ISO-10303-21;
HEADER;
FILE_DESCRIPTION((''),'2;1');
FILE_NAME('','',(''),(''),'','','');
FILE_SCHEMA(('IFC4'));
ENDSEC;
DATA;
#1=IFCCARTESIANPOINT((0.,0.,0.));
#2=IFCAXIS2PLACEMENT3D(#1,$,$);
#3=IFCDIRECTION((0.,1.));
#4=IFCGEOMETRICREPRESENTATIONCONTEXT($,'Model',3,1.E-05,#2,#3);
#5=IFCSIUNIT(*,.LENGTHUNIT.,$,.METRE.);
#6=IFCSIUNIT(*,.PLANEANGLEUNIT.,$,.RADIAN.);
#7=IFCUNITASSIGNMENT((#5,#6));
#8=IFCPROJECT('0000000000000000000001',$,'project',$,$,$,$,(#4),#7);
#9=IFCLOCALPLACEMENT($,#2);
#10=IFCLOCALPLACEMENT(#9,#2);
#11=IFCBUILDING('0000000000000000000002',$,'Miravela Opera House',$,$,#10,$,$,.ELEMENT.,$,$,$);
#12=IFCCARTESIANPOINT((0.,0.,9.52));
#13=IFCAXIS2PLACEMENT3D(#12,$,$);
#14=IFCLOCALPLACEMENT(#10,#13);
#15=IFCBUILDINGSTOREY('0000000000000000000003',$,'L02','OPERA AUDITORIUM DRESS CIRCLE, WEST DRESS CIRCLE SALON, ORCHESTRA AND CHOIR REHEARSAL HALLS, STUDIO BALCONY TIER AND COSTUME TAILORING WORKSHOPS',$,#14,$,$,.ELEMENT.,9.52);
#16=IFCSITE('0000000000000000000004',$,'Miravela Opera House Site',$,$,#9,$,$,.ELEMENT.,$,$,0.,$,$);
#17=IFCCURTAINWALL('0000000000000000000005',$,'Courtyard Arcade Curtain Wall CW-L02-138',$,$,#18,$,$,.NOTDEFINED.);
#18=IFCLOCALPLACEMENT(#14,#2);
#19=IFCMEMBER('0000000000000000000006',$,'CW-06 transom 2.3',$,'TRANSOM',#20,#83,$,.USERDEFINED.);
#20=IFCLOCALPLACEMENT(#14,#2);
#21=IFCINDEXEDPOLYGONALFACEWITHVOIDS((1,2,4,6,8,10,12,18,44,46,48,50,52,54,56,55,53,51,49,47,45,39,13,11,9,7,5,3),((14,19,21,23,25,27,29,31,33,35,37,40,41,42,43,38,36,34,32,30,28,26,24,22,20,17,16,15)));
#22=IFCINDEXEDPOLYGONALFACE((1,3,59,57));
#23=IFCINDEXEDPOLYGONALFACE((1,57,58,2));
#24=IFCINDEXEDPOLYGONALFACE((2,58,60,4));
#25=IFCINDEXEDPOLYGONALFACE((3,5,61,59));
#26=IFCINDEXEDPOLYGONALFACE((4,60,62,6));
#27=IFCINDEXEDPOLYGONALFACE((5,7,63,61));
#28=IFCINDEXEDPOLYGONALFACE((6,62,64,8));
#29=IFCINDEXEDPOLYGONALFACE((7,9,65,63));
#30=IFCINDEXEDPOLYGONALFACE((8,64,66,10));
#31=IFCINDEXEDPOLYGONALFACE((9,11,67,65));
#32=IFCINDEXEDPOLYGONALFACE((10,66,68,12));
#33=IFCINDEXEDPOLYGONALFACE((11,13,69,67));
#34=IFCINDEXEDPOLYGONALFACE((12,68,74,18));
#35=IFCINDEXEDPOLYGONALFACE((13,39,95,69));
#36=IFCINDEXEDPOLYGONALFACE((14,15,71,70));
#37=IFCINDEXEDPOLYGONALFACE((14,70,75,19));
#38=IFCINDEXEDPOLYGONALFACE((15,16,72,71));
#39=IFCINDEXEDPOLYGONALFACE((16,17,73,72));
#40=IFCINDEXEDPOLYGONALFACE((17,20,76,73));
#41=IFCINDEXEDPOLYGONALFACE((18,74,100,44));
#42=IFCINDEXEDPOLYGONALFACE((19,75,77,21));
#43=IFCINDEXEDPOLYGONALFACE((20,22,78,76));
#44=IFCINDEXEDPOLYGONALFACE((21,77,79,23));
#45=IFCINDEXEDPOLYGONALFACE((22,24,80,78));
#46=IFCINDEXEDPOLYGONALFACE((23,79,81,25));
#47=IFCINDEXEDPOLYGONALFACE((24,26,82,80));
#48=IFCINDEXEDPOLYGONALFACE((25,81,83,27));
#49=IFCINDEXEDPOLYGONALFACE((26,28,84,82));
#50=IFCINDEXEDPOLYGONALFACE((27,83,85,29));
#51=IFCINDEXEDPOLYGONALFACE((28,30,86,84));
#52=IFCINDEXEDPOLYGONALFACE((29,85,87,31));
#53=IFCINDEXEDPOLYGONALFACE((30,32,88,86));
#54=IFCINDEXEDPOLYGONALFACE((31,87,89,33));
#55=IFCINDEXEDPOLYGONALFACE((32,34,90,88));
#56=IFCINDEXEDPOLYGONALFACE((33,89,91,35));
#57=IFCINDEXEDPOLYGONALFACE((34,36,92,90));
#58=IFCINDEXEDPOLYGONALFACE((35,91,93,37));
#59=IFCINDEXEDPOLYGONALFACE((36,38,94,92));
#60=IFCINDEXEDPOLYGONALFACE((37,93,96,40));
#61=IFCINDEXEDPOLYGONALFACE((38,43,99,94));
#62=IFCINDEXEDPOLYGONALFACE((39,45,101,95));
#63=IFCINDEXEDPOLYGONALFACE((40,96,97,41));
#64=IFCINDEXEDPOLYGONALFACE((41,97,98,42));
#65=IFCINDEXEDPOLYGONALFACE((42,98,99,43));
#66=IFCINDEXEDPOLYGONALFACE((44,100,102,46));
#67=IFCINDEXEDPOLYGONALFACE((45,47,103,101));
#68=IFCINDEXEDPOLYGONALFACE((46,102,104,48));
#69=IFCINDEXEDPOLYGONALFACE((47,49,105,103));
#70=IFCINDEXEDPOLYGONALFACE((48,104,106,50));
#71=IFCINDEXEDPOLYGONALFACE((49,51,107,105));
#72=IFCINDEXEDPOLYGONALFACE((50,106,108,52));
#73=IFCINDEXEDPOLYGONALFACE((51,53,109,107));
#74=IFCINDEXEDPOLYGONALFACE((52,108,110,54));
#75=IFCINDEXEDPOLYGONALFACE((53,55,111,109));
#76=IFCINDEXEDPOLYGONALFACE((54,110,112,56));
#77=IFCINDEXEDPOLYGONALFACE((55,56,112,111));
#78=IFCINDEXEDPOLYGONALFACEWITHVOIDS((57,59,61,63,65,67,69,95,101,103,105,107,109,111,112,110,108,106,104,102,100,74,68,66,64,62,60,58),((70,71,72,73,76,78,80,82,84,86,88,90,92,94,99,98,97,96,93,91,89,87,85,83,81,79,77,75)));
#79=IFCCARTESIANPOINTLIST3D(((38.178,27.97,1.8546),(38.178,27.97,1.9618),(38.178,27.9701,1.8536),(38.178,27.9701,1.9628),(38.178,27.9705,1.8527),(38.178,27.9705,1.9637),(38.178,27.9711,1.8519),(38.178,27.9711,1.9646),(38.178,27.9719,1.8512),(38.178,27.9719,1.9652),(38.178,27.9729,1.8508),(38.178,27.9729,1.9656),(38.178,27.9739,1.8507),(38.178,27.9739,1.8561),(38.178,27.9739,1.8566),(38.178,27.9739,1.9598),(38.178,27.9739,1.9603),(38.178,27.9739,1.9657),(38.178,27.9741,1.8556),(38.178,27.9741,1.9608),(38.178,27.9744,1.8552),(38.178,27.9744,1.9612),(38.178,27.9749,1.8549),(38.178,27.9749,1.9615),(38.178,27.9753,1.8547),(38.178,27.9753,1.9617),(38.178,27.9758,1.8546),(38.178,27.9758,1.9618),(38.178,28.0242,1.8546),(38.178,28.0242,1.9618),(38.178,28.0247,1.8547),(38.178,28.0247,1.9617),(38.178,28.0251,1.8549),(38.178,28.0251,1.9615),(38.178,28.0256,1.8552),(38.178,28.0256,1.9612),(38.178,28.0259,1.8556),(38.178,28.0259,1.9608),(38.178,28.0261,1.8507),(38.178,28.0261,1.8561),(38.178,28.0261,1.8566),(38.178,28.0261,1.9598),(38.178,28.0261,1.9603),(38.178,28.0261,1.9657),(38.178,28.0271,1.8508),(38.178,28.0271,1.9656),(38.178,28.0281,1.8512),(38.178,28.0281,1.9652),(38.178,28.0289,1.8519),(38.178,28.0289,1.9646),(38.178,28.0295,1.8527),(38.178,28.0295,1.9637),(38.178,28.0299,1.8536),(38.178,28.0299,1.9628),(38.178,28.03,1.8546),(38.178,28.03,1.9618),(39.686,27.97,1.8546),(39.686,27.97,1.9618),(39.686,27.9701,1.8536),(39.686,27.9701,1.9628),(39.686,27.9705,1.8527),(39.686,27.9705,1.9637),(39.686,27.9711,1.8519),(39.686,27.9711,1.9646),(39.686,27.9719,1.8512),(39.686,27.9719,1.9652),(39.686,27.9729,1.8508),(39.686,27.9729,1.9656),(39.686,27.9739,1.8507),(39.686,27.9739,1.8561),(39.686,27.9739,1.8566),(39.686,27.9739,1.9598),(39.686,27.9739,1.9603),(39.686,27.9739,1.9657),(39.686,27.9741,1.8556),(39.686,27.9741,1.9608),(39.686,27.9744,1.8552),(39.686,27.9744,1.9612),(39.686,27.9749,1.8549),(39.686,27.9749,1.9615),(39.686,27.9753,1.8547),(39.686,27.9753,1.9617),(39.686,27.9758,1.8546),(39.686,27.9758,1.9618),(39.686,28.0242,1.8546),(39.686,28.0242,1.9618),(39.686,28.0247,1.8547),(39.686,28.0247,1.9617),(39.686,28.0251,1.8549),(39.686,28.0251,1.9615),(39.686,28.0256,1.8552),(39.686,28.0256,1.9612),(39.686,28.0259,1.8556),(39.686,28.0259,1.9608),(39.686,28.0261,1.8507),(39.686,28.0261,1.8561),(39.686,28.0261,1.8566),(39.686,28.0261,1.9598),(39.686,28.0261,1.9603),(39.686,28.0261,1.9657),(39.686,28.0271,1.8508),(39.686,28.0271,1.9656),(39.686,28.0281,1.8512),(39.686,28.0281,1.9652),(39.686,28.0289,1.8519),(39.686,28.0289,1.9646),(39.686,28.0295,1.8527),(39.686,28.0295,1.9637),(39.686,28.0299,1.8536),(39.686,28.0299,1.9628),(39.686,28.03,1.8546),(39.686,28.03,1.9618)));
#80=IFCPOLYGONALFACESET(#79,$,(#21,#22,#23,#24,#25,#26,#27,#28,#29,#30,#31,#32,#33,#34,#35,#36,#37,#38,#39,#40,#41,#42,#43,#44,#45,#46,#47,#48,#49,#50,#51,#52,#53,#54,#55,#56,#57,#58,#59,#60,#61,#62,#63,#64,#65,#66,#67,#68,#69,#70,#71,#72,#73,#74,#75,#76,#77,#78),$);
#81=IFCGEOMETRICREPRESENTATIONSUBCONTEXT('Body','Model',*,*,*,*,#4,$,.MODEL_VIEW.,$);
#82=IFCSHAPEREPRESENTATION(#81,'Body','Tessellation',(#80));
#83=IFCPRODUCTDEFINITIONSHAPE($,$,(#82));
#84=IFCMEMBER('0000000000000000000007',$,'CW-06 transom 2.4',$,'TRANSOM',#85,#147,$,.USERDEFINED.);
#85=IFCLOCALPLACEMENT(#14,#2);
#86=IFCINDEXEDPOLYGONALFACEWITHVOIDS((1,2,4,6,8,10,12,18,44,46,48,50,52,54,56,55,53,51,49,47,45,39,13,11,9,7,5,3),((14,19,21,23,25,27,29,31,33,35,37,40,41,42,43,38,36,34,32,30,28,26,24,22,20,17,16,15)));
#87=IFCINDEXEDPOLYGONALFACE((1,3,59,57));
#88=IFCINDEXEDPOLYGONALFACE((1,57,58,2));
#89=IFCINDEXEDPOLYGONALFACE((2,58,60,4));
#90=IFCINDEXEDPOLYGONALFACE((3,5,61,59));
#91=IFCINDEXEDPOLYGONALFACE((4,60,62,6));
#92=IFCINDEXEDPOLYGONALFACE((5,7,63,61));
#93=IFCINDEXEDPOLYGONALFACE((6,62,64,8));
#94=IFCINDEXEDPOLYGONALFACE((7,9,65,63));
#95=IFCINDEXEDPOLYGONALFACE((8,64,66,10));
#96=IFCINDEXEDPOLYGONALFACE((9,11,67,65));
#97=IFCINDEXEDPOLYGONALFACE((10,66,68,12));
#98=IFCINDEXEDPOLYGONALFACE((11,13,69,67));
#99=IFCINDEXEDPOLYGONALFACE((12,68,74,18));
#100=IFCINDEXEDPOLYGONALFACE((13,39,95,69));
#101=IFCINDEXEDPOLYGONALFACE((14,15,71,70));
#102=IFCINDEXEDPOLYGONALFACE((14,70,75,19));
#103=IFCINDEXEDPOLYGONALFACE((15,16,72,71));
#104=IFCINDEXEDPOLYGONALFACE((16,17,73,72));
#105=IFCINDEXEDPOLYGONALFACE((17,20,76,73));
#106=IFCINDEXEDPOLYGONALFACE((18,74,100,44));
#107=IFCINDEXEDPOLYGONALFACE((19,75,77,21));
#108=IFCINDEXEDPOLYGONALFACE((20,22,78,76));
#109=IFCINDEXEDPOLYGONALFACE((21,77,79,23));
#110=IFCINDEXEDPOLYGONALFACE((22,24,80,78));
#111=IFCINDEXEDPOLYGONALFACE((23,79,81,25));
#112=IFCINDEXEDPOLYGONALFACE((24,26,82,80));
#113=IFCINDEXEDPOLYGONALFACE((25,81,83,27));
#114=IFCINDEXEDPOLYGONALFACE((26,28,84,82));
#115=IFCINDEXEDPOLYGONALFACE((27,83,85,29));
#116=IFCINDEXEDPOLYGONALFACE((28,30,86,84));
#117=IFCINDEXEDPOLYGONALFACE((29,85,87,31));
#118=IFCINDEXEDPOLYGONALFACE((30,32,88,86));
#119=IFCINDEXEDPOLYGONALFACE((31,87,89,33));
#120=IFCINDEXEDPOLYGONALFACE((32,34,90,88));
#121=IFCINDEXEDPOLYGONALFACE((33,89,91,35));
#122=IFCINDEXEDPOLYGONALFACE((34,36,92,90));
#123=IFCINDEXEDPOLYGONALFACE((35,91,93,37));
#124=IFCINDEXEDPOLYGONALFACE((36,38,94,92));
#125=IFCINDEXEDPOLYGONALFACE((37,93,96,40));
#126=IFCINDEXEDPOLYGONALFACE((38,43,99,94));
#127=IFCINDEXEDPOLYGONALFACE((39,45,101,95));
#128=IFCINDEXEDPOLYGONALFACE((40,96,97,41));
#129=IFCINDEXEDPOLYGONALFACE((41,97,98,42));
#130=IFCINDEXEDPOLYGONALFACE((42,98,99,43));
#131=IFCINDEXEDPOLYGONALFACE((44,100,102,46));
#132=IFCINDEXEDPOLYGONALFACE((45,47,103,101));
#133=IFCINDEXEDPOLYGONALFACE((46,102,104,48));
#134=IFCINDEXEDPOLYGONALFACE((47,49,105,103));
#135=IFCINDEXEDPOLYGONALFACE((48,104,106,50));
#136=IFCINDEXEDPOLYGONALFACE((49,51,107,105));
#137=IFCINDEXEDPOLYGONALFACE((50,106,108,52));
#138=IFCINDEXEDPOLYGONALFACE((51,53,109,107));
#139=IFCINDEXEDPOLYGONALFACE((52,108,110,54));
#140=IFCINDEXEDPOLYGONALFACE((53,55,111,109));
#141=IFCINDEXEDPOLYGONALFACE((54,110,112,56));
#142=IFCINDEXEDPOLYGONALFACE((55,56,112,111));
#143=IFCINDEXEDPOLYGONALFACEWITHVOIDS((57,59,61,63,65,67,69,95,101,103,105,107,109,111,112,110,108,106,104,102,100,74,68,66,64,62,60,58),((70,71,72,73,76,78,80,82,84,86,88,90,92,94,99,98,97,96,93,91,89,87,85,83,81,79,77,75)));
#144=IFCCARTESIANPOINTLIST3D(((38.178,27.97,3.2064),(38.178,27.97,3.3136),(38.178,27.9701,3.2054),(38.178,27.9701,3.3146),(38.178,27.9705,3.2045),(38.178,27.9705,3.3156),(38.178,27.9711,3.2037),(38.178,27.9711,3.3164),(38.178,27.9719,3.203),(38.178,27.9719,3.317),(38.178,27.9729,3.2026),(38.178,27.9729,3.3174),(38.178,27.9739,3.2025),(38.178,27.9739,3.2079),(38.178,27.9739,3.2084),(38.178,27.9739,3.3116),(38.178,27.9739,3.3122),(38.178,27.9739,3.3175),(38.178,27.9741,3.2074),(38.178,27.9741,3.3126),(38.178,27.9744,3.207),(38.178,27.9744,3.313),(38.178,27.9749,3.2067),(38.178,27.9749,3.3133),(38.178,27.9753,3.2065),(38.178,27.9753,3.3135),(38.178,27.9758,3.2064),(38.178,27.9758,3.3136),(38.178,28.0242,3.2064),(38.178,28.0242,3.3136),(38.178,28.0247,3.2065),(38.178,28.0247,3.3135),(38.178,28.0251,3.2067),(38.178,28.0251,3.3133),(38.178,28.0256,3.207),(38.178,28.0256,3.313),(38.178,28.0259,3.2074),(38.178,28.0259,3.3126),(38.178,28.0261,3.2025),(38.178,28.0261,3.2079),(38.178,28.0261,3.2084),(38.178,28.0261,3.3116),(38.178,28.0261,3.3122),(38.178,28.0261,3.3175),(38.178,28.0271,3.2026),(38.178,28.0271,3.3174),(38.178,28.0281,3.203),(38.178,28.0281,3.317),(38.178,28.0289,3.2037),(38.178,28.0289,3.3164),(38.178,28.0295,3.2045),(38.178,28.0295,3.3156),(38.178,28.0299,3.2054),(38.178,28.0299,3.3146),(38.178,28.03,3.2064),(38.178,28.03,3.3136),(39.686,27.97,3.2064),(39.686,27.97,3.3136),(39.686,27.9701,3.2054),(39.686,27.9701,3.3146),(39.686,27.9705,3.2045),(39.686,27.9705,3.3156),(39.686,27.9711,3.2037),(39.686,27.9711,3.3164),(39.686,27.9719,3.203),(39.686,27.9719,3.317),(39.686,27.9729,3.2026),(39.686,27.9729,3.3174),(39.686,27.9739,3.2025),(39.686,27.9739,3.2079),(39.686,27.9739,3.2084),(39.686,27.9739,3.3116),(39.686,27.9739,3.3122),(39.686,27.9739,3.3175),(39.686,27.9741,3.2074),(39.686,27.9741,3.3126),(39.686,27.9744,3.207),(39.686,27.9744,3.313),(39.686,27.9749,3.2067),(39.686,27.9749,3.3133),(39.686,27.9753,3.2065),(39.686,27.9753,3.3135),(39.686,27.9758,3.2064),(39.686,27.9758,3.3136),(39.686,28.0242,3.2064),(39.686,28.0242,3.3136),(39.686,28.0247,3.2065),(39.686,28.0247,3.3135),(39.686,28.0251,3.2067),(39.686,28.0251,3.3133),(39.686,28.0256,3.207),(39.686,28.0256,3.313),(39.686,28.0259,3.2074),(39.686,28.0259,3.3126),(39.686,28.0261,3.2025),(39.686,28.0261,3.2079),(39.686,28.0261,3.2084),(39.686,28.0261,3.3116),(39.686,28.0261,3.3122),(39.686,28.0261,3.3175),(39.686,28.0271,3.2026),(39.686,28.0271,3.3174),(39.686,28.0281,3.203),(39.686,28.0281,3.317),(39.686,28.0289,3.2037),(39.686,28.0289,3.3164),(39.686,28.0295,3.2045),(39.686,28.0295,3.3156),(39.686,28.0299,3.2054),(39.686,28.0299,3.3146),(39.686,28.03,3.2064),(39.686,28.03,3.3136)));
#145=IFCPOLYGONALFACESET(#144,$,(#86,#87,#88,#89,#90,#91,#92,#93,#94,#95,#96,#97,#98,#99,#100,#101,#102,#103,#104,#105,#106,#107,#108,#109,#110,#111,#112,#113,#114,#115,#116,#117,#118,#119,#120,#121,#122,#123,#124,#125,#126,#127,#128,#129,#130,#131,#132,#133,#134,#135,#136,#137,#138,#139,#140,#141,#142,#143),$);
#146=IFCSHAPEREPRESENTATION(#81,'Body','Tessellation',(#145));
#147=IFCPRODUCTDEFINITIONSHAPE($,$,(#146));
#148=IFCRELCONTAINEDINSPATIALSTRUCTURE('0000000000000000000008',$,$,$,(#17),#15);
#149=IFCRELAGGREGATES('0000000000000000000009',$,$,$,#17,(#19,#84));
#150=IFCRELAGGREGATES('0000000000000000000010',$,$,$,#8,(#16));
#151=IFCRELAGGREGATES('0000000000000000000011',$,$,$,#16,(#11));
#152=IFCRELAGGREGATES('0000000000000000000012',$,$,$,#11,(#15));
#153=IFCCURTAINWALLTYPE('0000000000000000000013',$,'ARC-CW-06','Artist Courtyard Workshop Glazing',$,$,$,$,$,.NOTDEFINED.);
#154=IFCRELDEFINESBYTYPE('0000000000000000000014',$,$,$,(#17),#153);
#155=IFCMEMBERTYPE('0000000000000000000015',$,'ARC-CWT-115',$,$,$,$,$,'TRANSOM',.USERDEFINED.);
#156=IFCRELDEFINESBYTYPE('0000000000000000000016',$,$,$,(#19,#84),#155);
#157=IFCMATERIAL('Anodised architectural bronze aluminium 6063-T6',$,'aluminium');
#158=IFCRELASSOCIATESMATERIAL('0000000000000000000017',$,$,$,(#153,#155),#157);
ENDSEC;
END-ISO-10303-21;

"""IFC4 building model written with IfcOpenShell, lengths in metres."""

from ifc_helpers import new_model, si_unit, direction, frame, origin, origin_2d, place, context, subcontext, project, spatial, hollow_rectangle, extrude, material, material_profile, profile_set, type_object, element, aggregate, save


model = new_model("IFC4")

# Units and contexts
model_context = context("Model", 3, precision=1e-05, world=origin(), true_north=direction((0.0, 1.0)))
body_context = subcontext(model_context, "Body", "Model", "MODEL_VIEW")
ifc_project = project(units=[si_unit("LENGTHUNIT", "METRE"), si_unit("PLANEANGLEUNIT", "RADIAN")], contexts=[model_context])

# Site, building, storey
site_placement = place(None, origin())
site = spatial("IfcSite", under=ifc_project, at=site_placement, Name="Miravela Opera House Site", CompositionType="ELEMENT", RefElevation=0.0)
building_placement = place(site_placement, origin())
building = spatial("IfcBuilding", under=site, at=building_placement, Name="Miravela Opera House", CompositionType="ELEMENT")
storey_placement = place(building_placement, frame((0.0, 0.0, 9.52)))
storey = spatial("IfcBuildingStorey", under=building, at=storey_placement, Name="L02", Description="OPERA AUDITORIUM DRESS CIRCLE, WEST DRESS CIRCLE SALON, ORCHESTRA AND CHOIR REHEARSAL HALLS, STUDIO BALCONY TIER AND COSTUME TAILORING WORKSHOPS", CompositionType="ELEMENT", Elevation=9.52)

# Shared definitions
ifc_material_1 = material(Name="Anodised architectural bronze aluminium 6063-T6", Category="aluminium")
curtain_wall_type = type_object("IfcCurtainWallType", Name="ARC-CW-06", Description="Artist Courtyard Workshop Glazing", PredefinedType="NOTDEFINED", material=ifc_material_1)

# Curtain wall, members
curtain_wall_1_placement = place(storey_placement, origin())
curtain_wall_1 = element("IfcCurtainWall", 1, at=curtain_wall_1_placement, inside=storey, type_object=curtain_wall_type, Name="Courtyard Arcade Curtain Wall CW-L02-138", PredefinedType="NOTDEFINED")
ifc_material_profile_1 = material_profile(ifc_material_1, hollow_rectangle(XDim=0.0601, YDim=0.115, WallThickness=0.0039, InnerFilletRadius=0.002, OuterFilletRadius=0.0039, at=origin_2d()), Name="CWT-60X115")
ifc_profile_set_1 = profile_set([ifc_material_profile_1])
member_type_1 = type_object("IfcMemberType", Name="ARC-CWT-115", ElementType="TRANSOM", PredefinedType="USERDEFINED", material=ifc_profile_set_1)
member_1_placement = place(storey_placement, frame((38.178, 28.0, 1.9082), z_axis=(1.0, 0.0, 0.0), x_axis=(0.0, 1.0, 0.0)))
member_1 = element("IfcMember", 2, at=member_1_placement, type_object=member_type_1, Name="CW-06 transom 2.3", ObjectType="TRANSOM", PredefinedType="USERDEFINED", context=body_context, shape_type="SweptSolid", body=[
    extrude(hollow_rectangle(XDim=0.0601, YDim=0.115, WallThickness=0.0039, InnerFilletRadius=0.002, OuterFilletRadius=0.0039, at=origin_2d()), origin(), (0.0, 0.0, 1.0), 1.5081),
])
member_2_placement = place(storey_placement, frame((38.178, 28.0, 3.26), z_axis=(1.0, 0.0, 0.0), x_axis=(0.0, 1.0, 0.0)))
member_2 = element("IfcMember", 3, at=member_2_placement, type_object=member_type_1, Name="CW-06 transom 2.4", ObjectType="TRANSOM", PredefinedType="USERDEFINED", context=body_context, shape_type="SweptSolid", body=[
    extrude(hollow_rectangle(XDim=0.0601, YDim=0.115, WallThickness=0.0039, InnerFilletRadius=0.002, OuterFilletRadius=0.0039, at=origin_2d()), origin(), (0.0, 0.0, 1.0), 1.5081),
])

aggregate(curtain_wall_1, [member_1, member_2])

save(model, "model.ifc")
